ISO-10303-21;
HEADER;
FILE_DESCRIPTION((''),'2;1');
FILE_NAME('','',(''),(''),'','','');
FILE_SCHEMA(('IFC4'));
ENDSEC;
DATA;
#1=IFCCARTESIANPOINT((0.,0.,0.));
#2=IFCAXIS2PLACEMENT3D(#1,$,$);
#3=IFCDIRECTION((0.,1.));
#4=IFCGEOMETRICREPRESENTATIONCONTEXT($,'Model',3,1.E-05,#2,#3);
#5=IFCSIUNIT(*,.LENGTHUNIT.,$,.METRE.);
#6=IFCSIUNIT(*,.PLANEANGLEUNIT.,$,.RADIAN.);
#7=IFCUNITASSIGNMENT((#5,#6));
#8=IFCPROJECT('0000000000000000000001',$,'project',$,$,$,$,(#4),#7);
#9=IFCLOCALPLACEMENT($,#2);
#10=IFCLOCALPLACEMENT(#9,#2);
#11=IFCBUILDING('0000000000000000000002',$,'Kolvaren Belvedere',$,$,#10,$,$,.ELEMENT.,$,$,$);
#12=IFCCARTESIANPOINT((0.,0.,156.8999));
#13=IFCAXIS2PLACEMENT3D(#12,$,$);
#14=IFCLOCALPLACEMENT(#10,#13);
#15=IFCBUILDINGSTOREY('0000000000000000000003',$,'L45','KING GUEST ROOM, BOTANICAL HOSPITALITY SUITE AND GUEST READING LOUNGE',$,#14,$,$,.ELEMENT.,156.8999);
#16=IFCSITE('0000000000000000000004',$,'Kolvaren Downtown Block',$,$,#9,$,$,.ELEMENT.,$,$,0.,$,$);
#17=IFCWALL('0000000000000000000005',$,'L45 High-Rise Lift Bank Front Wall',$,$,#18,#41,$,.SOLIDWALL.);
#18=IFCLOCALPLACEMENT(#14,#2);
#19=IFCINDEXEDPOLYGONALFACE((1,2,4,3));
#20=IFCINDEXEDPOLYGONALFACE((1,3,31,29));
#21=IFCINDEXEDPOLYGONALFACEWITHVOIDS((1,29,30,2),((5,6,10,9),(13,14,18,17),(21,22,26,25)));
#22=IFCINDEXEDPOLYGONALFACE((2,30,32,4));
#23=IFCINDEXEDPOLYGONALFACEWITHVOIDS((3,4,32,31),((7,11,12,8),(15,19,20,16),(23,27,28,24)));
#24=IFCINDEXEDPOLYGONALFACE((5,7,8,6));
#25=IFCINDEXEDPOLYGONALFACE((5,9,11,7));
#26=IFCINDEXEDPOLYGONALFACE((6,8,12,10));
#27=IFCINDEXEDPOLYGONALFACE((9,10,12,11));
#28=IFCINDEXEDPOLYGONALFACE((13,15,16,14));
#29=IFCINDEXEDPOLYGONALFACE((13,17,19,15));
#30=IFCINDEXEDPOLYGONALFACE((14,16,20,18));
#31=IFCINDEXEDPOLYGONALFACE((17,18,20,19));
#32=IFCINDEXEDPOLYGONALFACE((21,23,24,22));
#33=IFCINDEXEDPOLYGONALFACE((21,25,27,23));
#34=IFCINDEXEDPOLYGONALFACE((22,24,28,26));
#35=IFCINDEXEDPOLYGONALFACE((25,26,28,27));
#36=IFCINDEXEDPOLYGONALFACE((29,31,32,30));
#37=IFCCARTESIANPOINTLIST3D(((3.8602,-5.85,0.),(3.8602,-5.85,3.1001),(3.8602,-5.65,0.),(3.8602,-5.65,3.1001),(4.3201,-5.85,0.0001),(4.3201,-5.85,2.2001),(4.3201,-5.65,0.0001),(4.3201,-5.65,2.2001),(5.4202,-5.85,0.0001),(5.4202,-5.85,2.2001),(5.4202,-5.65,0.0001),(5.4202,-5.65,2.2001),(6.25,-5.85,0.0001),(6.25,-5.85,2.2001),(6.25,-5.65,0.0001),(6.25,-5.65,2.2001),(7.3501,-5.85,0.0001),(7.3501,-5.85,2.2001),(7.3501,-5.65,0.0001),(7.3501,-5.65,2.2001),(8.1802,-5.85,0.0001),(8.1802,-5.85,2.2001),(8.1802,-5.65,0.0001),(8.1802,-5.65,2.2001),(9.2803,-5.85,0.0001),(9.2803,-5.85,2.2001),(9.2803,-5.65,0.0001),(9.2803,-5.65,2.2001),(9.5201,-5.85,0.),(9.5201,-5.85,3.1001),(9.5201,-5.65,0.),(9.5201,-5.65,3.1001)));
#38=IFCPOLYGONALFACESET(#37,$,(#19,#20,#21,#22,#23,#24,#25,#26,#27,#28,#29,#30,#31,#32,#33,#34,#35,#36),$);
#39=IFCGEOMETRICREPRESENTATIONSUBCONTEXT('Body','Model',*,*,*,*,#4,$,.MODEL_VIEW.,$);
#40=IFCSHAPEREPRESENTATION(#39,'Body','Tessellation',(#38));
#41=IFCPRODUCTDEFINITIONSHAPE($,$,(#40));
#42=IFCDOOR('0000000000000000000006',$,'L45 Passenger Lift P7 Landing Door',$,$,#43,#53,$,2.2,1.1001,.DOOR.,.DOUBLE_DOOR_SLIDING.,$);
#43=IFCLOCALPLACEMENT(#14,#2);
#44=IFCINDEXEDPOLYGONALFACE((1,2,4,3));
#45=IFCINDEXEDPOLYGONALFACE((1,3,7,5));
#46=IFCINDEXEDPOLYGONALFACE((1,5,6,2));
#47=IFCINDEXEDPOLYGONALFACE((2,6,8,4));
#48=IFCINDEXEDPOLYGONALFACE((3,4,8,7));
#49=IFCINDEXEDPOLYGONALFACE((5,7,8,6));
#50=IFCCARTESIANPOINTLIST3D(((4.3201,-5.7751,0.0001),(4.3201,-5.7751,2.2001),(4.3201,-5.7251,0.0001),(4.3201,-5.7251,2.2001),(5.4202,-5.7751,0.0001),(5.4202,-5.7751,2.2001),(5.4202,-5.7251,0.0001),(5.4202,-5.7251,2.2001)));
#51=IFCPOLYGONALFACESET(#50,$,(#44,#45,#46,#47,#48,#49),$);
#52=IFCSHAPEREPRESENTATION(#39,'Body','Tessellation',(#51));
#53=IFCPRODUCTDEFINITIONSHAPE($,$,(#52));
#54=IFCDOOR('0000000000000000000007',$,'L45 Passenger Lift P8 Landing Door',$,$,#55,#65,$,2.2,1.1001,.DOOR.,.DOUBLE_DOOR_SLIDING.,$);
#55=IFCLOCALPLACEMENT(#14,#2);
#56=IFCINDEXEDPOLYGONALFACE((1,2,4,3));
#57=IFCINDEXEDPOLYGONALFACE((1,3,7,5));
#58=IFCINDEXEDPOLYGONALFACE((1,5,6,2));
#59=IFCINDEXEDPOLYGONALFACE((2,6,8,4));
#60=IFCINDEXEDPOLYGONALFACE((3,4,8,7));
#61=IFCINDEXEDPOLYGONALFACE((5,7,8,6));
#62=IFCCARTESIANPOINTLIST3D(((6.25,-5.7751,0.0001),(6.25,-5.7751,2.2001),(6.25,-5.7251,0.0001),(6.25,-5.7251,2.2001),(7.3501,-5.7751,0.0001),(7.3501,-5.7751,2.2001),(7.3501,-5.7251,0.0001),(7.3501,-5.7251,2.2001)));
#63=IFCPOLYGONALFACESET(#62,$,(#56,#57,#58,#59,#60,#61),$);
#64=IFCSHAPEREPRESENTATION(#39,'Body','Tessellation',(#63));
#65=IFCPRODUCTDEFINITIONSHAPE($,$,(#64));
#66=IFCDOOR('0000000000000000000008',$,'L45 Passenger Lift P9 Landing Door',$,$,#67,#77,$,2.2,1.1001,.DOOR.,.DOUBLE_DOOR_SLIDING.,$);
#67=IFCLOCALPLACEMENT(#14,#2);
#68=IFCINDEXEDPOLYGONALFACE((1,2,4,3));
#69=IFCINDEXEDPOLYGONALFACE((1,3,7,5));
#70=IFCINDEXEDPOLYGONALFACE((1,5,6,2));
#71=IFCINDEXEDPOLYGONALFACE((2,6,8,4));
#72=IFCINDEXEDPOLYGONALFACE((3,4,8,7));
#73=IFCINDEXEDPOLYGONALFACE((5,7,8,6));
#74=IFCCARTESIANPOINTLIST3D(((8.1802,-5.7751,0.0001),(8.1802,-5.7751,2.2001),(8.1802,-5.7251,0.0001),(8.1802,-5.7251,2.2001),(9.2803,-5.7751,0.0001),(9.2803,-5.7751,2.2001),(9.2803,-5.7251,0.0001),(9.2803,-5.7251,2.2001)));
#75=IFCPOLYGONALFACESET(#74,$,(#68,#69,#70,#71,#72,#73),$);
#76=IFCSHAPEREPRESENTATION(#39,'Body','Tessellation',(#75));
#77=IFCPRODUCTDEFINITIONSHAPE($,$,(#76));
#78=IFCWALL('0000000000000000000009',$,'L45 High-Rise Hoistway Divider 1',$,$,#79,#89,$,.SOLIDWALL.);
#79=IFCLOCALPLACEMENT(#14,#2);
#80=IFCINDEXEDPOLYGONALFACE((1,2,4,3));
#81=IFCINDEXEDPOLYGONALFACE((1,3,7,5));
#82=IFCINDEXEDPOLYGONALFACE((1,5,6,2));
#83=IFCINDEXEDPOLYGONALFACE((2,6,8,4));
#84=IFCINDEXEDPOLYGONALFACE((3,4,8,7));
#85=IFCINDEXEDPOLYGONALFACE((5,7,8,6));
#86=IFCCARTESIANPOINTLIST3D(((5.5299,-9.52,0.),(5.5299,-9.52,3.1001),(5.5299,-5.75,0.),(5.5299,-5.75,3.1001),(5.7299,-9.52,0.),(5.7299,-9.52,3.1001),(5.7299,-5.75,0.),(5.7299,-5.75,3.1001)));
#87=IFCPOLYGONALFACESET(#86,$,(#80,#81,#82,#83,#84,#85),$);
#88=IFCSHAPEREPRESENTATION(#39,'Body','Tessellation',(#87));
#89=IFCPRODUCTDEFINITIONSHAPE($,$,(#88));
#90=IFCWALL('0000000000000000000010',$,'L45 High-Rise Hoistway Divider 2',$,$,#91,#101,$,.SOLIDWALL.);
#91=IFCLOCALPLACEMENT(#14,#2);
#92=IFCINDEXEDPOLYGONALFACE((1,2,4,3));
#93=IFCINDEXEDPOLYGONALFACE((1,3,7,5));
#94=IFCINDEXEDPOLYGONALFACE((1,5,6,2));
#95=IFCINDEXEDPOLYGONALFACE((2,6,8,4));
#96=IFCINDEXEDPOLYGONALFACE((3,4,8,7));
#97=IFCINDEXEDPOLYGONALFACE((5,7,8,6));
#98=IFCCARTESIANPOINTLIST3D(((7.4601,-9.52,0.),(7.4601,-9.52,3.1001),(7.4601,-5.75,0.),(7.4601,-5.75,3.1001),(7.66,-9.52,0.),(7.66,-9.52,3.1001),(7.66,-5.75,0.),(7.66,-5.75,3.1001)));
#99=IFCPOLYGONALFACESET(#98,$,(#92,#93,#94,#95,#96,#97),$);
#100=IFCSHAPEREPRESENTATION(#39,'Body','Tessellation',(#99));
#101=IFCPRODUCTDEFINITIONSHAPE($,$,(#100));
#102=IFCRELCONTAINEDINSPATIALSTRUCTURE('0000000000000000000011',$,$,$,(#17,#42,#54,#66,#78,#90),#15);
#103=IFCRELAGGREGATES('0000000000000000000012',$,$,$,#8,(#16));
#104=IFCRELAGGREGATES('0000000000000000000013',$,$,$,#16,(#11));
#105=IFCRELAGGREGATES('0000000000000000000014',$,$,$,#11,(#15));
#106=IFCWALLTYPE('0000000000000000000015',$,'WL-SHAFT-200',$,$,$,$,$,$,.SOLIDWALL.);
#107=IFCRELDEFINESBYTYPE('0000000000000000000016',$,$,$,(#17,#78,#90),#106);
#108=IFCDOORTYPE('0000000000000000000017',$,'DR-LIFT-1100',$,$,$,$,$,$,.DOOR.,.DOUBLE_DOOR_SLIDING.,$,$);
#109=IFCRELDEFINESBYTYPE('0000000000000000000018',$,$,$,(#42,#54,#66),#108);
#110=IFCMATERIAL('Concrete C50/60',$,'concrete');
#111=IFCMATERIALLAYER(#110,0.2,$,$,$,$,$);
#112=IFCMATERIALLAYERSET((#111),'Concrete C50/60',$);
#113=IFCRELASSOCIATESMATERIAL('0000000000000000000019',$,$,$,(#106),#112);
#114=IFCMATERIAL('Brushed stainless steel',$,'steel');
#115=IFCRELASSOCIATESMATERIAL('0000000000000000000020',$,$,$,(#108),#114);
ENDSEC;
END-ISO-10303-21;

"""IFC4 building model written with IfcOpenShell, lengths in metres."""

from ifc_helpers import new_model, si_unit, direction, frame, frame_2d, origin, place, context, subcontext, project, spatial, rectangle, extrude, material, layer, layer_set, type_object, element, fill, save


model = new_model("IFC4")

# Units and contexts
model_context = context("Model", 3, precision=1e-05, world=origin(), true_north=direction((0.0, 1.0)))
body_context = subcontext(model_context, "Body", "Model", "MODEL_VIEW")
ifc_project = project(units=[si_unit("LENGTHUNIT", "METRE"), si_unit("PLANEANGLEUNIT", "RADIAN")], contexts=[model_context])

# Site, building, storey
site_placement = place(None, origin())
site = spatial("IfcSite", under=ifc_project, at=site_placement, Name="Kolvaren Downtown Block", CompositionType="ELEMENT", RefElevation=0.0)
building_placement = place(site_placement, origin())
building = spatial("IfcBuilding", under=site, at=building_placement, Name="Kolvaren Belvedere", CompositionType="ELEMENT")
storey_placement = place(building_placement, frame((0.0, 0.0, 156.8999)))
storey = spatial("IfcBuildingStorey", under=building, at=storey_placement, Name="L45", Description="KING GUEST ROOM, BOTANICAL HOSPITALITY SUITE AND GUEST READING LOUNGE", CompositionType="ELEMENT", Elevation=156.8999)

# Shared definitions
ifc_material_1 = material(Name="Concrete C50/60", Category="concrete")
ifc_layer_1 = layer(ifc_material_1, 0.2)
ifc_layer_set_1 = layer_set([ifc_layer_1], Name="Concrete C50/60")
wall_type_1 = type_object("IfcWallType", Name="WL-SHAFT-200", PredefinedType="SOLIDWALL", material=ifc_layer_set_1)
ifc_material_2 = material(Name="Brushed stainless steel", Category="steel")
door_type_1 = type_object("IfcDoorType", Name="DR-LIFT-1100", OperationType="DOUBLE_DOOR_SLIDING", PredefinedType="DOOR", material=ifc_material_2)

# Wall, openings, doors
wall_1_placement = place(storey_placement, frame((3.8601, -5.75, 0.0), z_axis=(0.0, 0.0, 1.0), x_axis=(1.0, 0.0, 0.0)))
wall_1 = element("IfcWall", 1, at=wall_1_placement, inside=storey, type_object=wall_type_1, Name="L45 High-Rise Lift Bank Front Wall", PredefinedType="SOLIDWALL", context=body_context, shape_type="SweptSolid", body=[
    extrude(rectangle(XDim=5.6599, YDim=0.2, at=frame_2d((2.8301, 0.0))), origin(), (0.0, 0.0, 1.0), 3.1001),
])
opening_1_placement = place(wall_1_placement, frame((0.46, 0.0, 0.0)))
opening_1 = element("IfcOpeningElement", 2, at=opening_1_placement, cuts=wall_1, PredefinedType="OPENING", context=body_context, shape_type="SweptSolid", body=[
    extrude(rectangle(XDim=1.1001, YDim=2.2, at=frame_2d((0.55, 1.1001))), frame((0.0, 0.1099, 0.0), z_axis=(0.0, -1.0, 0.0), x_axis=(1.0, 0.0, 0.0)), (0.0, 0.0, 1.0), 0.22),
])
opening_2_placement = place(wall_1_placement, frame((2.3899, 0.0, 0.0)))
opening_2 = element("IfcOpeningElement", 3, at=opening_2_placement, cuts=wall_1, PredefinedType="OPENING", context=body_context, shape_type="SweptSolid", body=[
    extrude(rectangle(XDim=1.1001, YDim=2.2, at=frame_2d((0.55, 1.1001))), frame((0.0, 0.1099, 0.0), z_axis=(0.0, -1.0, 0.0), x_axis=(1.0, 0.0, 0.0)), (0.0, 0.0, 1.0), 0.22),
])
opening_3_placement = place(wall_1_placement, frame((4.3201, 0.0, 0.0)))
opening_3 = element("IfcOpeningElement", 4, at=opening_3_placement, cuts=wall_1, PredefinedType="OPENING", context=body_context, shape_type="SweptSolid", body=[
    extrude(rectangle(XDim=1.1001, YDim=2.2, at=frame_2d((0.55, 1.1001))), frame((0.0, 0.1099, 0.0), z_axis=(0.0, -1.0, 0.0), x_axis=(1.0, 0.0, 0.0)), (0.0, 0.0, 1.0), 0.22),
])
door_1_placement = place(opening_1_placement, origin())
door_1 = element("IfcDoor", 5, at=door_1_placement, inside=storey, type_object=door_type_1, Name="L45 Passenger Lift P7 Landing Door", OperationType="DOUBLE_DOOR_SLIDING", OverallHeight=2.2, OverallWidth=1.1001, PredefinedType="DOOR", context=body_context, shape_type="SweptSolid", body=[
    extrude(rectangle(XDim=1.1001, YDim=2.2, at=frame_2d((0.55, 1.1001))), frame((0.0, 0.0249, 0.0), z_axis=(0.0, -1.0, 0.0), x_axis=(1.0, 0.0, 0.0)), (0.0, 0.0, 1.0), 0.05),
])
fill(opening_1, door_1)
door_2_placement = place(opening_2_placement, origin())
door_2 = element("IfcDoor", 6, at=door_2_placement, inside=storey, type_object=door_type_1, Name="L45 Passenger Lift P8 Landing Door", OperationType="DOUBLE_DOOR_SLIDING", OverallHeight=2.2, OverallWidth=1.1001, PredefinedType="DOOR", context=body_context, shape_type="SweptSolid", body=[
    extrude(rectangle(XDim=1.1001, YDim=2.2, at=frame_2d((0.55, 1.1001))), frame((0.0, 0.0249, 0.0), z_axis=(0.0, -1.0, 0.0), x_axis=(1.0, 0.0, 0.0)), (0.0, 0.0, 1.0), 0.05),
])
fill(opening_2, door_2)
door_3_placement = place(opening_3_placement, origin())
door_3 = element("IfcDoor", 7, at=door_3_placement, inside=storey, type_object=door_type_1, Name="L45 Passenger Lift P9 Landing Door", OperationType="DOUBLE_DOOR_SLIDING", OverallHeight=2.2, OverallWidth=1.1001, PredefinedType="DOOR", context=body_context, shape_type="SweptSolid", body=[
    extrude(rectangle(XDim=1.1001, YDim=2.2, at=frame_2d((0.55, 1.1001))), frame((0.0, 0.0249, 0.0), z_axis=(0.0, -1.0, 0.0), x_axis=(1.0, 0.0, 0.0)), (0.0, 0.0, 1.0), 0.05),
])
fill(opening_3, door_3)

# Walls
for number, where, z_axis, x_axis, name in (
    (8, (5.6299, -9.52, 0.0), (0.0, 0.0, 1.0), (0.0, 1.0, 0.0), "L45 High-Rise Hoistway Divider 1"),
    (9, (7.5601, -9.52, 0.0), (0.0, 0.0, 1.0), (0.0, 1.0, 0.0), "L45 High-Rise Hoistway Divider 2"),
):
    element("IfcWall", number, at=place(storey_placement, frame(where, z_axis=z_axis, x_axis=x_axis)), inside=storey, type_object=wall_type_1, Name=name, PredefinedType="SOLIDWALL", context=body_context, shape_type="SweptSolid", body=[
        extrude(rectangle(XDim=3.77, YDim=0.2, at=frame_2d((1.885, 0.0))), origin(), (0.0, 0.0, 1.0), 3.1001),
    ])

save(model, "model.ifc")
